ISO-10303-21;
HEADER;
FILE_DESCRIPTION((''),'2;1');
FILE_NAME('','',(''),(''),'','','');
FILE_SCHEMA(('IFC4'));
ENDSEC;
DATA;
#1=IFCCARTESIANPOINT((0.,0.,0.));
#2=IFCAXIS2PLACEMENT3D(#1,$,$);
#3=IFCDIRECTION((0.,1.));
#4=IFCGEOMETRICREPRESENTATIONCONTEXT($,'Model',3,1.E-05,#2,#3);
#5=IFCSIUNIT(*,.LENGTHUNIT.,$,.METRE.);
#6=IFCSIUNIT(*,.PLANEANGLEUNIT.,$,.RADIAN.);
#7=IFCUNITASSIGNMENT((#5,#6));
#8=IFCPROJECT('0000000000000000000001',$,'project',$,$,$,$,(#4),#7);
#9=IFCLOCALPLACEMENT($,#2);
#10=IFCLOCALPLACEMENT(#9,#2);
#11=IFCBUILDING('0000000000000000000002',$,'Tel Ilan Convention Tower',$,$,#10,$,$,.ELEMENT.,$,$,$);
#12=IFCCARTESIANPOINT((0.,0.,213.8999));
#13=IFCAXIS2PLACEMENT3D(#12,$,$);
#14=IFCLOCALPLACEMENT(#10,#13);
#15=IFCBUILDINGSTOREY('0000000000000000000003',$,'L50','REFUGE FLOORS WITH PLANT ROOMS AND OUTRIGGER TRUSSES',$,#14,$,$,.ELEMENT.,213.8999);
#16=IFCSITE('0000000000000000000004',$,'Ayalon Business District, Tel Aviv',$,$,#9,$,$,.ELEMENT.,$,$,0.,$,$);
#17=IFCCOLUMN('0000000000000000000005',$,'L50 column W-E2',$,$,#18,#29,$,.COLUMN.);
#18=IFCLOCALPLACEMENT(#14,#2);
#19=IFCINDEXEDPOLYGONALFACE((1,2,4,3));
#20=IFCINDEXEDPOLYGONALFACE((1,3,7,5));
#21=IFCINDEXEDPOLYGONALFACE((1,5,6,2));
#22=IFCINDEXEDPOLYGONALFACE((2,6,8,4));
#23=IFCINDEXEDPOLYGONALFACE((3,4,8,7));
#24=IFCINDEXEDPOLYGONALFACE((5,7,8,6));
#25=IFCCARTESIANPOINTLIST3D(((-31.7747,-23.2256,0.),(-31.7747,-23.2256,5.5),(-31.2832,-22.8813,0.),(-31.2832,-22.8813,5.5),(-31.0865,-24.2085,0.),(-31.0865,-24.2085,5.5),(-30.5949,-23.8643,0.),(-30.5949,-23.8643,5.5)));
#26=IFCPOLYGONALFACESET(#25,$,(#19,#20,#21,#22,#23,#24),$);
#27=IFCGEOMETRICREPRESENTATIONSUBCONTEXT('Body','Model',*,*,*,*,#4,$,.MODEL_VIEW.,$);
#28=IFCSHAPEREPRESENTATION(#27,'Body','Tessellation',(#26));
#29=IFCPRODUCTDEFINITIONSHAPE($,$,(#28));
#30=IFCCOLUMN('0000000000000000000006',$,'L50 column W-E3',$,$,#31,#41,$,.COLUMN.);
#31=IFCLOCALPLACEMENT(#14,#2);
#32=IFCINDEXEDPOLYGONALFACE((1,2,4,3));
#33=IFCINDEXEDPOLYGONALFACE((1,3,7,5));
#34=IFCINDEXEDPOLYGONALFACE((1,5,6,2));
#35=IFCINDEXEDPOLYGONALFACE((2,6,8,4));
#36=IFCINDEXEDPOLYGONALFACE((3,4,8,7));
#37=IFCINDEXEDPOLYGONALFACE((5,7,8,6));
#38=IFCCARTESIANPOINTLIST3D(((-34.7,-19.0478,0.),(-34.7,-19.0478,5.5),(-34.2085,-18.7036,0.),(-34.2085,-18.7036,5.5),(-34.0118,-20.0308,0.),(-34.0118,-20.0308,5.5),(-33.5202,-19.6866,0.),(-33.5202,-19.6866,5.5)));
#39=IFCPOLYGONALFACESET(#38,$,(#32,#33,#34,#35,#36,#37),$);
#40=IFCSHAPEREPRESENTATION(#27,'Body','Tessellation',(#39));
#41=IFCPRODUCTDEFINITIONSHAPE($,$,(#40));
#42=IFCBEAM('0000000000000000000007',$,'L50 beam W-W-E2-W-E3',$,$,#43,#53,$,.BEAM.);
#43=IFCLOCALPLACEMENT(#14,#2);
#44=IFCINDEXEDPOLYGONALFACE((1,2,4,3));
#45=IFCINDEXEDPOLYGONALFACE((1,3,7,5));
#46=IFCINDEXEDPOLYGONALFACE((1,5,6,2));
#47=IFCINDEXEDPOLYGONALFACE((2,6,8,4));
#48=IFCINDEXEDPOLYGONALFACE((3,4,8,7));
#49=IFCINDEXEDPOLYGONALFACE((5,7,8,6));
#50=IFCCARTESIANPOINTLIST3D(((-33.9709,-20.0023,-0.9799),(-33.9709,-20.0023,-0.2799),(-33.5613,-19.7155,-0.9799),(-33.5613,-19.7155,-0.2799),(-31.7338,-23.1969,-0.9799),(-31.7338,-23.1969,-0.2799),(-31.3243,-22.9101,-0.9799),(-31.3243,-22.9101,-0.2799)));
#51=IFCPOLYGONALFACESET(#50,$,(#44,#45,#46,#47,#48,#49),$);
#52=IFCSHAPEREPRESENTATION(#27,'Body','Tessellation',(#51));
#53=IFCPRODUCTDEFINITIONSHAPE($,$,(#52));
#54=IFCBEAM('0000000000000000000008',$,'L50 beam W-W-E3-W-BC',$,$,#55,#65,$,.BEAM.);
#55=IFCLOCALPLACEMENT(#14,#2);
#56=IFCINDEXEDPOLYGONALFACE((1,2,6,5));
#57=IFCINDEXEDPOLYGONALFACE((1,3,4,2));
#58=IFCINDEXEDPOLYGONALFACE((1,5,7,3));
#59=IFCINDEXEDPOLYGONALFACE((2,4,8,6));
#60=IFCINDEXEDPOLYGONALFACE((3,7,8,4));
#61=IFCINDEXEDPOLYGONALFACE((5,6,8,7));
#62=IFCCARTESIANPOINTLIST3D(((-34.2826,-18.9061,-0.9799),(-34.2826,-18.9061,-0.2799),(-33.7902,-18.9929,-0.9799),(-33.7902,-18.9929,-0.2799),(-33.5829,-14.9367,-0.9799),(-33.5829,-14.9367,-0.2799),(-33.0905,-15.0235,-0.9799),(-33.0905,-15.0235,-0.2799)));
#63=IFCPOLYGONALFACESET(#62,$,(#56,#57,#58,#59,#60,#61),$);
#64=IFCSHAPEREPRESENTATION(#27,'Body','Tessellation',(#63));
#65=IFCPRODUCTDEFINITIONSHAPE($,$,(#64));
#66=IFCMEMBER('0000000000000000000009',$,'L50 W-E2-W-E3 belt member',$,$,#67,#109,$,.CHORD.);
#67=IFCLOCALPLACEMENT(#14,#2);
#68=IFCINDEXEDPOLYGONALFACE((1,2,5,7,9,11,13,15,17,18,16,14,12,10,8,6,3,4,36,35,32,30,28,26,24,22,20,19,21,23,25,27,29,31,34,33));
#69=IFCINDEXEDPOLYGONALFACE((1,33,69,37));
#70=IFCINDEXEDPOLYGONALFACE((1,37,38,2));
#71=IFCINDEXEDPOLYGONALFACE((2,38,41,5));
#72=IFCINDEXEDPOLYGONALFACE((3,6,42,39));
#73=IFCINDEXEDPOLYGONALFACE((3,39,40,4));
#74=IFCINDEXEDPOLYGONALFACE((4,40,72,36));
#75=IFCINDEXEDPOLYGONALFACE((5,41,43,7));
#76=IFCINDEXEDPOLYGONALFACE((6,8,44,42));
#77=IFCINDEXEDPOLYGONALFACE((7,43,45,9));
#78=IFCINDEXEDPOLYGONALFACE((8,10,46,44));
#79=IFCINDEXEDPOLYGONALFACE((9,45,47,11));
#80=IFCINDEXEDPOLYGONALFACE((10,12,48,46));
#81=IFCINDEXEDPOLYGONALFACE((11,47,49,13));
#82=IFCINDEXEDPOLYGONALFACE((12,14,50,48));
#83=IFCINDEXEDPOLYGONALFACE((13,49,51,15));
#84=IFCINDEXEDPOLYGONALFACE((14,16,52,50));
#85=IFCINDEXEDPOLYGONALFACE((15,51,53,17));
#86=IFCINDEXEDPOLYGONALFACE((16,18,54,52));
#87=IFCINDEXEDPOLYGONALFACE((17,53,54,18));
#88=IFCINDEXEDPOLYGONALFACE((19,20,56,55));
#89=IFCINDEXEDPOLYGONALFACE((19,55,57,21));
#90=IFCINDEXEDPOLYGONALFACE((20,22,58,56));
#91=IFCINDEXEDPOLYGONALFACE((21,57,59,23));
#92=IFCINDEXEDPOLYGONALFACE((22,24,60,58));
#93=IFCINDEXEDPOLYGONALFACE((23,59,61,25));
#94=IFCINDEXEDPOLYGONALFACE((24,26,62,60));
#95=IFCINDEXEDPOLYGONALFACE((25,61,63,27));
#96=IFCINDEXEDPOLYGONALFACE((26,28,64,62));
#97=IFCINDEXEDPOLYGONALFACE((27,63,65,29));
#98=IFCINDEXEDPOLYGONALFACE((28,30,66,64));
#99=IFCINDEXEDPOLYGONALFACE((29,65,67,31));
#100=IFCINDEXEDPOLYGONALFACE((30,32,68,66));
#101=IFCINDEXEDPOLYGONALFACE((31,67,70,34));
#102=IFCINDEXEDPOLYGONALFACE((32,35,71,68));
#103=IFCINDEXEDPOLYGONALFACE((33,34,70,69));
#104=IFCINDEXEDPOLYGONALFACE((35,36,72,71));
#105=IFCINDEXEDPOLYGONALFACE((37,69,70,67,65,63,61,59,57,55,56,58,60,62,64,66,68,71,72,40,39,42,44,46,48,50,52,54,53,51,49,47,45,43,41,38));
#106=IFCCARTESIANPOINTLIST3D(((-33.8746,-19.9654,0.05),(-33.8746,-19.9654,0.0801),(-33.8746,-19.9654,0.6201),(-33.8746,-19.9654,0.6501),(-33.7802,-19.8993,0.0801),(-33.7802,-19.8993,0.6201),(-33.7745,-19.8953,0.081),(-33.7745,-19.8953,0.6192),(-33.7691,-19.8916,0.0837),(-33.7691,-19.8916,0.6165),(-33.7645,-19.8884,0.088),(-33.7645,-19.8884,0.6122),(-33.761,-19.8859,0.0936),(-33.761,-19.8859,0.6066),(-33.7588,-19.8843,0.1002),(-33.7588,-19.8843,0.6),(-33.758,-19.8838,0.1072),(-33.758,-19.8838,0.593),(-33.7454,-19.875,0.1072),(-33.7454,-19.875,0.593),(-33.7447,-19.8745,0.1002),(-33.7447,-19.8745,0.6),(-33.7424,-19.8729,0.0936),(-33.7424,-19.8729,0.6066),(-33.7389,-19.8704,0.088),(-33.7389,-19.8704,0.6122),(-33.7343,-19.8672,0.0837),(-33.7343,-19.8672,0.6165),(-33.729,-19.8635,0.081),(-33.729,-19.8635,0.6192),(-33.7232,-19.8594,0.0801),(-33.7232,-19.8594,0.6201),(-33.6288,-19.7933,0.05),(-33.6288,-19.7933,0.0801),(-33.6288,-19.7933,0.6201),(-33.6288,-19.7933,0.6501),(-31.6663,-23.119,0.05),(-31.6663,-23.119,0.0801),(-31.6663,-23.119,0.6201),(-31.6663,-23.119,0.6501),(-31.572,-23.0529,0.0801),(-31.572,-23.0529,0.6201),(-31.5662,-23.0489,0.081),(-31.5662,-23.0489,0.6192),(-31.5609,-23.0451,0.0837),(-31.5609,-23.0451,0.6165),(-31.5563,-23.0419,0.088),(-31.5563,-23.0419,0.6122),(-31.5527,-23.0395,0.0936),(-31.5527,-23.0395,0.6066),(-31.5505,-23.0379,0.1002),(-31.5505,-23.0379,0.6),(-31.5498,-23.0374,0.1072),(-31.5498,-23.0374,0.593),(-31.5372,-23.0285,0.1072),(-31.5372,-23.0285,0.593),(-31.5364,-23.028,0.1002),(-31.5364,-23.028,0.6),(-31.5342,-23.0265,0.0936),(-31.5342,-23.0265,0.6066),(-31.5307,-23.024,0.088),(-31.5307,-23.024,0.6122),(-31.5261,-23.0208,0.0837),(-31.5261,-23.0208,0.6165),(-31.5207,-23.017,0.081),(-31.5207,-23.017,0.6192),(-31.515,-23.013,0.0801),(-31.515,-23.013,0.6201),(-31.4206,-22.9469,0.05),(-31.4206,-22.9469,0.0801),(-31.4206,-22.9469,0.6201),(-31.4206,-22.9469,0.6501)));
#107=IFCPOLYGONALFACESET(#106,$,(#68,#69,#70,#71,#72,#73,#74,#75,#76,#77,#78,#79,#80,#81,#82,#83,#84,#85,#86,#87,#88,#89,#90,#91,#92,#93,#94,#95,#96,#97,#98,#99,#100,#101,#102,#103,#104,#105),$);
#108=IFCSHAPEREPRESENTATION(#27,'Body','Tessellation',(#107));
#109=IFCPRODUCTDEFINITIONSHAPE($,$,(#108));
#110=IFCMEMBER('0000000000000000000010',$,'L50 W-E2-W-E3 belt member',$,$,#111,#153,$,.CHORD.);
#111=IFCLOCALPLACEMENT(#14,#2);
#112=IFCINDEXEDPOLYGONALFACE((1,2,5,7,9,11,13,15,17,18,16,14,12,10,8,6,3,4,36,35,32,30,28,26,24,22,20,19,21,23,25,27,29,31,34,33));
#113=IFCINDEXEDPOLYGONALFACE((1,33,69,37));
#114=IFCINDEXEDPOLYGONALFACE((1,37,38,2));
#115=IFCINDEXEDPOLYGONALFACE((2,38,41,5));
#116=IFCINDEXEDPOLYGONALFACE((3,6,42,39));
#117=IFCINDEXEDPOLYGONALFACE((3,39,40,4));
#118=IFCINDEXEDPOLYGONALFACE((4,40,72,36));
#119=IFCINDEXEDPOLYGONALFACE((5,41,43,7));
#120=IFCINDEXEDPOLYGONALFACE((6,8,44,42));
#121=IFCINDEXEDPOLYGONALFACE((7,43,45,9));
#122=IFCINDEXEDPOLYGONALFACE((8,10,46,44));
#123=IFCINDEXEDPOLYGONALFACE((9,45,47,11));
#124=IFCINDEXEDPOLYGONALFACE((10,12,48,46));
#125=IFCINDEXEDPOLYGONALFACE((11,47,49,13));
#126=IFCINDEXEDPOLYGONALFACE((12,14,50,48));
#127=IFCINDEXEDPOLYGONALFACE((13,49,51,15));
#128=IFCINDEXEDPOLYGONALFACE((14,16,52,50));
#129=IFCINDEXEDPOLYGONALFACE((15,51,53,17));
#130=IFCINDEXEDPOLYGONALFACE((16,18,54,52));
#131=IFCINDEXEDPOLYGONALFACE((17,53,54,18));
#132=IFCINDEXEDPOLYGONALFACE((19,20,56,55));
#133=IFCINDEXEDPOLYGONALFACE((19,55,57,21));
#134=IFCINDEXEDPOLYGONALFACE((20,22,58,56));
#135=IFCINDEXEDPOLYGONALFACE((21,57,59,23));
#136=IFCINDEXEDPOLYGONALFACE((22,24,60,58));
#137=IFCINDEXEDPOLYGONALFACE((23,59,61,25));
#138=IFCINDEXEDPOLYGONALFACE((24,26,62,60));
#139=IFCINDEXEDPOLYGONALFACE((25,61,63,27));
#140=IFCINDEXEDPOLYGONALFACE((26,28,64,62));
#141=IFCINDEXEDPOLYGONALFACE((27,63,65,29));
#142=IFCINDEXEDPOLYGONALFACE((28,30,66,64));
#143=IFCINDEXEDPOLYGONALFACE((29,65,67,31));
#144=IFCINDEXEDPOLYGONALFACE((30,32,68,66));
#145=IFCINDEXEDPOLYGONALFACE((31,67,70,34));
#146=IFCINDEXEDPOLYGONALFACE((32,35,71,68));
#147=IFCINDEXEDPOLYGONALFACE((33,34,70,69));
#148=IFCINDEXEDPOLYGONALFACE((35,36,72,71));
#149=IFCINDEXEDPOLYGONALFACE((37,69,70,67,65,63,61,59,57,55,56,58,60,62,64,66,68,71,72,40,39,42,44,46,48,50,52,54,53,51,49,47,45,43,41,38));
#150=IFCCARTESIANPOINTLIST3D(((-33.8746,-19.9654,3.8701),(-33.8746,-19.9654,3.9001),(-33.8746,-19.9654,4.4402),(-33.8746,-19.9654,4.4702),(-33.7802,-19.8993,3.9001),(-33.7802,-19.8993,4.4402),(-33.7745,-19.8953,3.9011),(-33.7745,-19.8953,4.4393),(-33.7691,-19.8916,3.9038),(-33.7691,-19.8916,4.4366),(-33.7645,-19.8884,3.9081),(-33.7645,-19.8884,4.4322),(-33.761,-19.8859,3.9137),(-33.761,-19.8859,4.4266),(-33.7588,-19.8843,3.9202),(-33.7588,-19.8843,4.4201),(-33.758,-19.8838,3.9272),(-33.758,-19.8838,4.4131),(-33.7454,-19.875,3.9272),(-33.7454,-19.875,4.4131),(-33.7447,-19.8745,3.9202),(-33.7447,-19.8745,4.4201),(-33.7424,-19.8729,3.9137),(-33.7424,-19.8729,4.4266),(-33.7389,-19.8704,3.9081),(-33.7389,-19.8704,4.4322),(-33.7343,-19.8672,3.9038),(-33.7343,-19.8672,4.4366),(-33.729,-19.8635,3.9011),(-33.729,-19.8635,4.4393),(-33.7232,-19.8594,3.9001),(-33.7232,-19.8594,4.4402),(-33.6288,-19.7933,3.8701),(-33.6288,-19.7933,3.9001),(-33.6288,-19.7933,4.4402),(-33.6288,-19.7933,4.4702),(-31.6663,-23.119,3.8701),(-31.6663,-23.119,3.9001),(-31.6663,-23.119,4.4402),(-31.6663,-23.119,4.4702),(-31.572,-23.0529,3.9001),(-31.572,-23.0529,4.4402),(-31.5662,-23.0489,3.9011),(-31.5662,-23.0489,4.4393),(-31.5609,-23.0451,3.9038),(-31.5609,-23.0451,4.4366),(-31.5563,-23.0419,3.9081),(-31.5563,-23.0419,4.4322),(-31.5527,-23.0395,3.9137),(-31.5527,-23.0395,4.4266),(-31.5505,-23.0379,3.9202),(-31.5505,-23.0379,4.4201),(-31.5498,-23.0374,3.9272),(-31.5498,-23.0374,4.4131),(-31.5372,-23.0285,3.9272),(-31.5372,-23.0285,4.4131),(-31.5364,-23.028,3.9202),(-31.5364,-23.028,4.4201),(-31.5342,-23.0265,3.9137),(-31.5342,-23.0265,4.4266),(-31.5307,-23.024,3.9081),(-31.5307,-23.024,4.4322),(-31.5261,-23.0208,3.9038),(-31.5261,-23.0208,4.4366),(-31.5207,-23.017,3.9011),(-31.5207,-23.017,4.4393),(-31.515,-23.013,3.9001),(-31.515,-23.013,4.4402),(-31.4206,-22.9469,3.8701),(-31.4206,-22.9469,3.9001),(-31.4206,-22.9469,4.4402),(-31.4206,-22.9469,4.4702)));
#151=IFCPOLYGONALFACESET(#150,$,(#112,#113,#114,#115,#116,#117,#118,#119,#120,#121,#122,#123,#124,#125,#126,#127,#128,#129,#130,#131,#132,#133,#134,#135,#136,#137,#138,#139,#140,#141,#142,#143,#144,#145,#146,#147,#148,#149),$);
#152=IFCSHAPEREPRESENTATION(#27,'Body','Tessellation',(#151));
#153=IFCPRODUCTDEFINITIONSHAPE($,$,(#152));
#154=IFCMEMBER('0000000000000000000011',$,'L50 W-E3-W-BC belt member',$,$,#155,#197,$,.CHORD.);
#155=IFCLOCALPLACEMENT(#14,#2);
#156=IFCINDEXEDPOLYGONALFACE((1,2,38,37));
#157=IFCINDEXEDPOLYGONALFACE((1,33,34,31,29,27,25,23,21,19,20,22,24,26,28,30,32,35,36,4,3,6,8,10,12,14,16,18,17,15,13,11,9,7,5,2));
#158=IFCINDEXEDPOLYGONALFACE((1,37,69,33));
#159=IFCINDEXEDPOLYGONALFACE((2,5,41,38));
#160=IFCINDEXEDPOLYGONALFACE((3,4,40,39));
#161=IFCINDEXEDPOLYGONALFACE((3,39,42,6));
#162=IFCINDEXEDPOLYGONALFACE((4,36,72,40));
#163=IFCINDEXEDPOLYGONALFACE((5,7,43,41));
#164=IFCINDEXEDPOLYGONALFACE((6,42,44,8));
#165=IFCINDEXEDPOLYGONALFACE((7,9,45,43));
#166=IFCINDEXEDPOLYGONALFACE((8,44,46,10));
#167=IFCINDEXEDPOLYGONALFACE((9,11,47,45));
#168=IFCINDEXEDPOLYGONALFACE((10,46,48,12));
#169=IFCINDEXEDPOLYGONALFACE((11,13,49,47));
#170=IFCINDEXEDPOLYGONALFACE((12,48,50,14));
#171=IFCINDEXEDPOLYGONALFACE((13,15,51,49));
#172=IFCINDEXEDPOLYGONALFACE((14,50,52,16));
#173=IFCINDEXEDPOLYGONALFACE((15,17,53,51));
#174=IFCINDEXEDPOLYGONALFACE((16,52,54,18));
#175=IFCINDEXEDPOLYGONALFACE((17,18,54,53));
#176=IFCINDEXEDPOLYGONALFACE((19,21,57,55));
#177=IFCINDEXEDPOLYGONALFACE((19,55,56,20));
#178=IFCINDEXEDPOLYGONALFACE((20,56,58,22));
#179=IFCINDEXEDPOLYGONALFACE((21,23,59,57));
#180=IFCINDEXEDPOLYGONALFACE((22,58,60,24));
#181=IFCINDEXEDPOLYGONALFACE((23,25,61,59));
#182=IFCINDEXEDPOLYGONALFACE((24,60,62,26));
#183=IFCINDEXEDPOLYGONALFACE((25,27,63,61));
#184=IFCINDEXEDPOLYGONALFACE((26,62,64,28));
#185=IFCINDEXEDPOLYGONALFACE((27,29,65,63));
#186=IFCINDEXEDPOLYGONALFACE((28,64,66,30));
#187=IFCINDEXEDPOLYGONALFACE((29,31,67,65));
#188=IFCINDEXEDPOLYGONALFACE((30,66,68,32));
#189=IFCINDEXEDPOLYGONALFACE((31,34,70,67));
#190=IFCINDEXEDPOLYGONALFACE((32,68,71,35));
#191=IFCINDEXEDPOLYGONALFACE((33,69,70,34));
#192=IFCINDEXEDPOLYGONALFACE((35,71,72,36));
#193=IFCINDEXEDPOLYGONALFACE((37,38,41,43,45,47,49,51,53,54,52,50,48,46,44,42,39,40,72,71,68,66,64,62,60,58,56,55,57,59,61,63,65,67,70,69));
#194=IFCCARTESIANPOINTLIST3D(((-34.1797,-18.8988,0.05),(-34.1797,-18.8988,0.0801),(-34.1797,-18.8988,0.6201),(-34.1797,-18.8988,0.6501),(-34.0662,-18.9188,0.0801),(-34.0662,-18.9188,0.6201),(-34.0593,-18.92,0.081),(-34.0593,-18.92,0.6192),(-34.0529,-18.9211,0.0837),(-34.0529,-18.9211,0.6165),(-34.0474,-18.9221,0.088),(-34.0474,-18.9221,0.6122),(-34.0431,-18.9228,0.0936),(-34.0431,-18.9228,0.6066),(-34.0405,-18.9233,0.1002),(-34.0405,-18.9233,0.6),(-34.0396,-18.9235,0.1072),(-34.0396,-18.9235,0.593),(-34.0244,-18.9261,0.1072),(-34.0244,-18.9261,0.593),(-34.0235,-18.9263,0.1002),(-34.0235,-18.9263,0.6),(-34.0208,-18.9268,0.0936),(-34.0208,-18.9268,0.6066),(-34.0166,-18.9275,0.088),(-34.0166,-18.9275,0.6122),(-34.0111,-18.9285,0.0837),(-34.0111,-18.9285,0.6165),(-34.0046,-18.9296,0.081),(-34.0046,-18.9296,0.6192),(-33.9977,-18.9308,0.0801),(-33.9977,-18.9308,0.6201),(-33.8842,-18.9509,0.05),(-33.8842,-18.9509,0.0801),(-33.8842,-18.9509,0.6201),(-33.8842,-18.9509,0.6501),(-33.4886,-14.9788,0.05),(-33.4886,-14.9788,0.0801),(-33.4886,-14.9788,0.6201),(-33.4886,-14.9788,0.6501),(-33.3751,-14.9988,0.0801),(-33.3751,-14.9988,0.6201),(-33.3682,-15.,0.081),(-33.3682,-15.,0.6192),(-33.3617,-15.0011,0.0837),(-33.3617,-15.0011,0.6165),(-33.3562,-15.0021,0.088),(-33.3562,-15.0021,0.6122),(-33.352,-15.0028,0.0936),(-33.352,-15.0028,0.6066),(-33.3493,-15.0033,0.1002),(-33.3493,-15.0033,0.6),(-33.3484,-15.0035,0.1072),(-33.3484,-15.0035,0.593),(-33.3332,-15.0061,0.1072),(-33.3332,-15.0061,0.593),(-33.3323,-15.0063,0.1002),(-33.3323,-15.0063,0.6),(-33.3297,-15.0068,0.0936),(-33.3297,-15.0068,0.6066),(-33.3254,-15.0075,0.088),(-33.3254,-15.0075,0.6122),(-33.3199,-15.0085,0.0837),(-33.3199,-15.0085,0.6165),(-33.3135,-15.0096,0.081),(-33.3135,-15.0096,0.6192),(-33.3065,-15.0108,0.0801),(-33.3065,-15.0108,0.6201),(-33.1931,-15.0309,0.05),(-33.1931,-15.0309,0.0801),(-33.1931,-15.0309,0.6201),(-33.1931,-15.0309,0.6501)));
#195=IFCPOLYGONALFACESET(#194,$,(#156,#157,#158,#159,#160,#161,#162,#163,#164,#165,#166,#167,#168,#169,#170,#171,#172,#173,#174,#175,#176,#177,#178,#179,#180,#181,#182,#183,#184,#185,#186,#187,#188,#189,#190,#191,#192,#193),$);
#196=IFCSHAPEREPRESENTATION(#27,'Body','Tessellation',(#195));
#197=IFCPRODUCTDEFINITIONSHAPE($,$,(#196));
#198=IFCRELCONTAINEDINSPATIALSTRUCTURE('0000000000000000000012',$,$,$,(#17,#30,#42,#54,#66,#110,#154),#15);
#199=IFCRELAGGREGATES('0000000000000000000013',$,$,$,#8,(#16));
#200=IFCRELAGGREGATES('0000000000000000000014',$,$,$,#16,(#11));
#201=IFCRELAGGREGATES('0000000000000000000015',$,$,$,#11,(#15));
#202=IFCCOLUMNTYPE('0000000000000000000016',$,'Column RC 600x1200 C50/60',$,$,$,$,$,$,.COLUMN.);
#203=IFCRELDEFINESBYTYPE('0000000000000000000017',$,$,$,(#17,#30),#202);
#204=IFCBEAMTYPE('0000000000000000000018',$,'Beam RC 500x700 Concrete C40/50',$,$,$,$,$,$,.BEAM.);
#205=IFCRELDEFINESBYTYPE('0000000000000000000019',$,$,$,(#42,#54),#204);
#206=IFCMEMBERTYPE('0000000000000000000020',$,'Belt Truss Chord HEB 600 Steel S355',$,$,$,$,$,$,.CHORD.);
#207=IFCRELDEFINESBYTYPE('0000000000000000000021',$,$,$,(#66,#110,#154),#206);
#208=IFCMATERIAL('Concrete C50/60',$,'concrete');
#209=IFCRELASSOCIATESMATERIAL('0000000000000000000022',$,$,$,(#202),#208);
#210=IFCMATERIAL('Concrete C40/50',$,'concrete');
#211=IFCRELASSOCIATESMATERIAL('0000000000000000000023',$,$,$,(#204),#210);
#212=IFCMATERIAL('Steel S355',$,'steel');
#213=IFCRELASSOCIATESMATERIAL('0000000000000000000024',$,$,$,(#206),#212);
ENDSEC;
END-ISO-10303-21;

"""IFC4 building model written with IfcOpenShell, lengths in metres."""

from ifc_helpers import new_model, si_unit, direction, frame, origin, origin_2d, place, context, subcontext, project, spatial, rectangle, i_section, extrude, material, material_profile, profile_set, type_object, element, save


model = new_model("IFC4")

# Units and contexts
model_context = context("Model", 3, precision=1e-05, world=origin(), true_north=direction((0.0, 1.0)))
body_context = subcontext(model_context, "Body", "Model", "MODEL_VIEW")
ifc_project = project(units=[si_unit("LENGTHUNIT", "METRE"), si_unit("PLANEANGLEUNIT", "RADIAN")], contexts=[model_context])

# Site, building, storey
site_placement = place(None, origin())
site = spatial("IfcSite", under=ifc_project, at=site_placement, Name="Ayalon Business District, Tel Aviv", CompositionType="ELEMENT", RefElevation=0.0)
building_placement = place(site_placement, origin())
building = spatial("IfcBuilding", under=site, at=building_placement, Name="Tel Ilan Convention Tower", CompositionType="ELEMENT")
storey_placement = place(building_placement, frame((0.0, 0.0, 213.8999)))
storey = spatial("IfcBuildingStorey", under=building, at=storey_placement, Name="L50", Description="REFUGE FLOORS WITH PLANT ROOMS AND OUTRIGGER TRUSSES", CompositionType="ELEMENT", Elevation=213.8999)

# Columns
ifc_material_1 = material(Name="Concrete C50/60", Category="concrete")
ifc_material_profile_1 = material_profile(ifc_material_1, rectangle(XDim=1.2, YDim=0.6001, at=origin_2d()), Name="RC 600x1200")
ifc_profile_set_1 = profile_set([ifc_material_profile_1], Name="Concrete C50/60")
column_type = type_object("IfcColumnType", Name="Column RC 600x1200 C50/60", PredefinedType="COLUMN", material=ifc_profile_set_1)
for number, where, z_axis, x_axis, name in (
    (1, (-31.1848, -23.5449, 0.0), (0.0, 0.0, 1.0), (-0.573576, 0.819152, 0.0), "L50 column W-E2"),
    (2, (-34.1101, -19.3672, 0.0), (0.0, 0.0, 1.0), (-0.573576, 0.819152, 0.0), "L50 column W-E3"),
):
    element("IfcColumn", number, at=place(storey_placement, frame(where, z_axis=z_axis, x_axis=x_axis)), inside=storey, type_object=column_type, Name=name, PredefinedType="COLUMN", context=body_context, shape_type="SweptSolid", body=[
        extrude(rectangle(XDim=1.2, YDim=0.6001, at=origin_2d()), origin(), (0.0, 0.0, 1.0), 5.5),
    ])

# Beams
ifc_material_2 = material(Name="Concrete C40/50", Category="concrete")
ifc_material_profile_2 = material_profile(ifc_material_2, rectangle(XDim=0.5, YDim=0.7, at=origin_2d()), Name="RC 500x700")
ifc_profile_set_2 = profile_set([ifc_material_profile_2], Name="Concrete C40/50")
beam_type = type_object("IfcBeamType", Name="Beam RC 500x700 Concrete C40/50", PredefinedType="BEAM", material=ifc_profile_set_2)
beam_1_placement = place(storey_placement, frame((-31.5291, -23.0535, -0.6299), z_axis=(-0.573609, 0.819129, 0.0), x_axis=(-0.819129, -0.573609, 0.0)))
element("IfcBeam", 3, at=beam_1_placement, inside=storey, type_object=beam_type, Name="L50 beam W-W-E2-W-E3", PredefinedType="BEAM", context=body_context, shape_type="SweptSolid", body=[
    extrude(rectangle(XDim=0.5, YDim=0.7, at=origin_2d()), origin(), (0.0, 0.0, 1.0), 3.8999),
])
beam_2_placement = place(storey_placement, frame((-34.0364, -18.9495, -0.6299), z_axis=(0.173606, 0.984815, 0.0), x_axis=(-0.984815, 0.173606, 0.0)))
element("IfcBeam", 4, at=beam_2_placement, inside=storey, type_object=beam_type, Name="L50 beam W-W-E3-W-BC", PredefinedType="BEAM", context=body_context, shape_type="SweptSolid", body=[
    extrude(rectangle(XDim=0.5, YDim=0.7, at=origin_2d()), origin(), (0.0, 0.0, 1.0), 4.0305),
])

# Members
ifc_material_3 = material(Name="Steel S355", Category="steel")
ifc_material_profile_3 = material_profile(ifc_material_3, i_section(OverallWidth=0.3, OverallDepth=0.6001, WebThickness=0.0154, FlangeThickness=0.03, FilletRadius=0.0271, at=origin_2d()), Name="HEB 600")
ifc_profile_set_3 = profile_set([ifc_material_profile_3], Name="Steel S355")
member_type_1 = type_object("IfcMemberType", Name="Belt Truss Chord HEB 600 Steel S355", PredefinedType="CHORD", material=ifc_profile_set_3)
for number, where, z_axis, x_axis, name in (
    (5, (-31.5435, -23.033, 0.3501), (-0.573594, 0.81914, 0.0), (-0.81914, -0.573594, 0.0), "L50 W-E2-W-E3 belt member"),
    (6, (-31.5435, -23.033, 4.1702), (-0.573594, 0.81914, 0.0), (-0.81914, -0.573594, 0.0), "L50 W-E2-W-E3 belt member"),
):
    element("IfcMember", number, at=place(storey_placement, frame(where, z_axis=z_axis, x_axis=x_axis)), inside=storey, type_object=member_type_1, Name=name, PredefinedType="CHORD", context=body_context, shape_type="SweptSolid", body=[
        extrude(i_section(OverallWidth=0.3, OverallDepth=0.6001, WebThickness=0.0154, FlangeThickness=0.03, FilletRadius=0.0271, at=origin_2d()), origin(), (0.0, 0.0, 1.0), 3.8499),
    ])
for number, where, z_axis, x_axis, name in (
    (7, (-34.032, -18.9248, 0.3501), (0.173642, 0.984809, 0.0), (-0.984809, 0.173642, 0.0), "L50 W-E3-W-BC belt member"),
):
    element("IfcMember", number, at=place(storey_placement, frame(where, z_axis=z_axis, x_axis=x_axis)), inside=storey, type_object=member_type_1, Name=name, PredefinedType="CHORD", context=body_context, shape_type="SweptSolid", body=[
        extrude(i_section(OverallWidth=0.3, OverallDepth=0.6001, WebThickness=0.0154, FlangeThickness=0.03, FilletRadius=0.0271, at=origin_2d()), origin(), (0.0, 0.0, 1.0), 3.9805),
    ])

save(model, "model.ifc")
